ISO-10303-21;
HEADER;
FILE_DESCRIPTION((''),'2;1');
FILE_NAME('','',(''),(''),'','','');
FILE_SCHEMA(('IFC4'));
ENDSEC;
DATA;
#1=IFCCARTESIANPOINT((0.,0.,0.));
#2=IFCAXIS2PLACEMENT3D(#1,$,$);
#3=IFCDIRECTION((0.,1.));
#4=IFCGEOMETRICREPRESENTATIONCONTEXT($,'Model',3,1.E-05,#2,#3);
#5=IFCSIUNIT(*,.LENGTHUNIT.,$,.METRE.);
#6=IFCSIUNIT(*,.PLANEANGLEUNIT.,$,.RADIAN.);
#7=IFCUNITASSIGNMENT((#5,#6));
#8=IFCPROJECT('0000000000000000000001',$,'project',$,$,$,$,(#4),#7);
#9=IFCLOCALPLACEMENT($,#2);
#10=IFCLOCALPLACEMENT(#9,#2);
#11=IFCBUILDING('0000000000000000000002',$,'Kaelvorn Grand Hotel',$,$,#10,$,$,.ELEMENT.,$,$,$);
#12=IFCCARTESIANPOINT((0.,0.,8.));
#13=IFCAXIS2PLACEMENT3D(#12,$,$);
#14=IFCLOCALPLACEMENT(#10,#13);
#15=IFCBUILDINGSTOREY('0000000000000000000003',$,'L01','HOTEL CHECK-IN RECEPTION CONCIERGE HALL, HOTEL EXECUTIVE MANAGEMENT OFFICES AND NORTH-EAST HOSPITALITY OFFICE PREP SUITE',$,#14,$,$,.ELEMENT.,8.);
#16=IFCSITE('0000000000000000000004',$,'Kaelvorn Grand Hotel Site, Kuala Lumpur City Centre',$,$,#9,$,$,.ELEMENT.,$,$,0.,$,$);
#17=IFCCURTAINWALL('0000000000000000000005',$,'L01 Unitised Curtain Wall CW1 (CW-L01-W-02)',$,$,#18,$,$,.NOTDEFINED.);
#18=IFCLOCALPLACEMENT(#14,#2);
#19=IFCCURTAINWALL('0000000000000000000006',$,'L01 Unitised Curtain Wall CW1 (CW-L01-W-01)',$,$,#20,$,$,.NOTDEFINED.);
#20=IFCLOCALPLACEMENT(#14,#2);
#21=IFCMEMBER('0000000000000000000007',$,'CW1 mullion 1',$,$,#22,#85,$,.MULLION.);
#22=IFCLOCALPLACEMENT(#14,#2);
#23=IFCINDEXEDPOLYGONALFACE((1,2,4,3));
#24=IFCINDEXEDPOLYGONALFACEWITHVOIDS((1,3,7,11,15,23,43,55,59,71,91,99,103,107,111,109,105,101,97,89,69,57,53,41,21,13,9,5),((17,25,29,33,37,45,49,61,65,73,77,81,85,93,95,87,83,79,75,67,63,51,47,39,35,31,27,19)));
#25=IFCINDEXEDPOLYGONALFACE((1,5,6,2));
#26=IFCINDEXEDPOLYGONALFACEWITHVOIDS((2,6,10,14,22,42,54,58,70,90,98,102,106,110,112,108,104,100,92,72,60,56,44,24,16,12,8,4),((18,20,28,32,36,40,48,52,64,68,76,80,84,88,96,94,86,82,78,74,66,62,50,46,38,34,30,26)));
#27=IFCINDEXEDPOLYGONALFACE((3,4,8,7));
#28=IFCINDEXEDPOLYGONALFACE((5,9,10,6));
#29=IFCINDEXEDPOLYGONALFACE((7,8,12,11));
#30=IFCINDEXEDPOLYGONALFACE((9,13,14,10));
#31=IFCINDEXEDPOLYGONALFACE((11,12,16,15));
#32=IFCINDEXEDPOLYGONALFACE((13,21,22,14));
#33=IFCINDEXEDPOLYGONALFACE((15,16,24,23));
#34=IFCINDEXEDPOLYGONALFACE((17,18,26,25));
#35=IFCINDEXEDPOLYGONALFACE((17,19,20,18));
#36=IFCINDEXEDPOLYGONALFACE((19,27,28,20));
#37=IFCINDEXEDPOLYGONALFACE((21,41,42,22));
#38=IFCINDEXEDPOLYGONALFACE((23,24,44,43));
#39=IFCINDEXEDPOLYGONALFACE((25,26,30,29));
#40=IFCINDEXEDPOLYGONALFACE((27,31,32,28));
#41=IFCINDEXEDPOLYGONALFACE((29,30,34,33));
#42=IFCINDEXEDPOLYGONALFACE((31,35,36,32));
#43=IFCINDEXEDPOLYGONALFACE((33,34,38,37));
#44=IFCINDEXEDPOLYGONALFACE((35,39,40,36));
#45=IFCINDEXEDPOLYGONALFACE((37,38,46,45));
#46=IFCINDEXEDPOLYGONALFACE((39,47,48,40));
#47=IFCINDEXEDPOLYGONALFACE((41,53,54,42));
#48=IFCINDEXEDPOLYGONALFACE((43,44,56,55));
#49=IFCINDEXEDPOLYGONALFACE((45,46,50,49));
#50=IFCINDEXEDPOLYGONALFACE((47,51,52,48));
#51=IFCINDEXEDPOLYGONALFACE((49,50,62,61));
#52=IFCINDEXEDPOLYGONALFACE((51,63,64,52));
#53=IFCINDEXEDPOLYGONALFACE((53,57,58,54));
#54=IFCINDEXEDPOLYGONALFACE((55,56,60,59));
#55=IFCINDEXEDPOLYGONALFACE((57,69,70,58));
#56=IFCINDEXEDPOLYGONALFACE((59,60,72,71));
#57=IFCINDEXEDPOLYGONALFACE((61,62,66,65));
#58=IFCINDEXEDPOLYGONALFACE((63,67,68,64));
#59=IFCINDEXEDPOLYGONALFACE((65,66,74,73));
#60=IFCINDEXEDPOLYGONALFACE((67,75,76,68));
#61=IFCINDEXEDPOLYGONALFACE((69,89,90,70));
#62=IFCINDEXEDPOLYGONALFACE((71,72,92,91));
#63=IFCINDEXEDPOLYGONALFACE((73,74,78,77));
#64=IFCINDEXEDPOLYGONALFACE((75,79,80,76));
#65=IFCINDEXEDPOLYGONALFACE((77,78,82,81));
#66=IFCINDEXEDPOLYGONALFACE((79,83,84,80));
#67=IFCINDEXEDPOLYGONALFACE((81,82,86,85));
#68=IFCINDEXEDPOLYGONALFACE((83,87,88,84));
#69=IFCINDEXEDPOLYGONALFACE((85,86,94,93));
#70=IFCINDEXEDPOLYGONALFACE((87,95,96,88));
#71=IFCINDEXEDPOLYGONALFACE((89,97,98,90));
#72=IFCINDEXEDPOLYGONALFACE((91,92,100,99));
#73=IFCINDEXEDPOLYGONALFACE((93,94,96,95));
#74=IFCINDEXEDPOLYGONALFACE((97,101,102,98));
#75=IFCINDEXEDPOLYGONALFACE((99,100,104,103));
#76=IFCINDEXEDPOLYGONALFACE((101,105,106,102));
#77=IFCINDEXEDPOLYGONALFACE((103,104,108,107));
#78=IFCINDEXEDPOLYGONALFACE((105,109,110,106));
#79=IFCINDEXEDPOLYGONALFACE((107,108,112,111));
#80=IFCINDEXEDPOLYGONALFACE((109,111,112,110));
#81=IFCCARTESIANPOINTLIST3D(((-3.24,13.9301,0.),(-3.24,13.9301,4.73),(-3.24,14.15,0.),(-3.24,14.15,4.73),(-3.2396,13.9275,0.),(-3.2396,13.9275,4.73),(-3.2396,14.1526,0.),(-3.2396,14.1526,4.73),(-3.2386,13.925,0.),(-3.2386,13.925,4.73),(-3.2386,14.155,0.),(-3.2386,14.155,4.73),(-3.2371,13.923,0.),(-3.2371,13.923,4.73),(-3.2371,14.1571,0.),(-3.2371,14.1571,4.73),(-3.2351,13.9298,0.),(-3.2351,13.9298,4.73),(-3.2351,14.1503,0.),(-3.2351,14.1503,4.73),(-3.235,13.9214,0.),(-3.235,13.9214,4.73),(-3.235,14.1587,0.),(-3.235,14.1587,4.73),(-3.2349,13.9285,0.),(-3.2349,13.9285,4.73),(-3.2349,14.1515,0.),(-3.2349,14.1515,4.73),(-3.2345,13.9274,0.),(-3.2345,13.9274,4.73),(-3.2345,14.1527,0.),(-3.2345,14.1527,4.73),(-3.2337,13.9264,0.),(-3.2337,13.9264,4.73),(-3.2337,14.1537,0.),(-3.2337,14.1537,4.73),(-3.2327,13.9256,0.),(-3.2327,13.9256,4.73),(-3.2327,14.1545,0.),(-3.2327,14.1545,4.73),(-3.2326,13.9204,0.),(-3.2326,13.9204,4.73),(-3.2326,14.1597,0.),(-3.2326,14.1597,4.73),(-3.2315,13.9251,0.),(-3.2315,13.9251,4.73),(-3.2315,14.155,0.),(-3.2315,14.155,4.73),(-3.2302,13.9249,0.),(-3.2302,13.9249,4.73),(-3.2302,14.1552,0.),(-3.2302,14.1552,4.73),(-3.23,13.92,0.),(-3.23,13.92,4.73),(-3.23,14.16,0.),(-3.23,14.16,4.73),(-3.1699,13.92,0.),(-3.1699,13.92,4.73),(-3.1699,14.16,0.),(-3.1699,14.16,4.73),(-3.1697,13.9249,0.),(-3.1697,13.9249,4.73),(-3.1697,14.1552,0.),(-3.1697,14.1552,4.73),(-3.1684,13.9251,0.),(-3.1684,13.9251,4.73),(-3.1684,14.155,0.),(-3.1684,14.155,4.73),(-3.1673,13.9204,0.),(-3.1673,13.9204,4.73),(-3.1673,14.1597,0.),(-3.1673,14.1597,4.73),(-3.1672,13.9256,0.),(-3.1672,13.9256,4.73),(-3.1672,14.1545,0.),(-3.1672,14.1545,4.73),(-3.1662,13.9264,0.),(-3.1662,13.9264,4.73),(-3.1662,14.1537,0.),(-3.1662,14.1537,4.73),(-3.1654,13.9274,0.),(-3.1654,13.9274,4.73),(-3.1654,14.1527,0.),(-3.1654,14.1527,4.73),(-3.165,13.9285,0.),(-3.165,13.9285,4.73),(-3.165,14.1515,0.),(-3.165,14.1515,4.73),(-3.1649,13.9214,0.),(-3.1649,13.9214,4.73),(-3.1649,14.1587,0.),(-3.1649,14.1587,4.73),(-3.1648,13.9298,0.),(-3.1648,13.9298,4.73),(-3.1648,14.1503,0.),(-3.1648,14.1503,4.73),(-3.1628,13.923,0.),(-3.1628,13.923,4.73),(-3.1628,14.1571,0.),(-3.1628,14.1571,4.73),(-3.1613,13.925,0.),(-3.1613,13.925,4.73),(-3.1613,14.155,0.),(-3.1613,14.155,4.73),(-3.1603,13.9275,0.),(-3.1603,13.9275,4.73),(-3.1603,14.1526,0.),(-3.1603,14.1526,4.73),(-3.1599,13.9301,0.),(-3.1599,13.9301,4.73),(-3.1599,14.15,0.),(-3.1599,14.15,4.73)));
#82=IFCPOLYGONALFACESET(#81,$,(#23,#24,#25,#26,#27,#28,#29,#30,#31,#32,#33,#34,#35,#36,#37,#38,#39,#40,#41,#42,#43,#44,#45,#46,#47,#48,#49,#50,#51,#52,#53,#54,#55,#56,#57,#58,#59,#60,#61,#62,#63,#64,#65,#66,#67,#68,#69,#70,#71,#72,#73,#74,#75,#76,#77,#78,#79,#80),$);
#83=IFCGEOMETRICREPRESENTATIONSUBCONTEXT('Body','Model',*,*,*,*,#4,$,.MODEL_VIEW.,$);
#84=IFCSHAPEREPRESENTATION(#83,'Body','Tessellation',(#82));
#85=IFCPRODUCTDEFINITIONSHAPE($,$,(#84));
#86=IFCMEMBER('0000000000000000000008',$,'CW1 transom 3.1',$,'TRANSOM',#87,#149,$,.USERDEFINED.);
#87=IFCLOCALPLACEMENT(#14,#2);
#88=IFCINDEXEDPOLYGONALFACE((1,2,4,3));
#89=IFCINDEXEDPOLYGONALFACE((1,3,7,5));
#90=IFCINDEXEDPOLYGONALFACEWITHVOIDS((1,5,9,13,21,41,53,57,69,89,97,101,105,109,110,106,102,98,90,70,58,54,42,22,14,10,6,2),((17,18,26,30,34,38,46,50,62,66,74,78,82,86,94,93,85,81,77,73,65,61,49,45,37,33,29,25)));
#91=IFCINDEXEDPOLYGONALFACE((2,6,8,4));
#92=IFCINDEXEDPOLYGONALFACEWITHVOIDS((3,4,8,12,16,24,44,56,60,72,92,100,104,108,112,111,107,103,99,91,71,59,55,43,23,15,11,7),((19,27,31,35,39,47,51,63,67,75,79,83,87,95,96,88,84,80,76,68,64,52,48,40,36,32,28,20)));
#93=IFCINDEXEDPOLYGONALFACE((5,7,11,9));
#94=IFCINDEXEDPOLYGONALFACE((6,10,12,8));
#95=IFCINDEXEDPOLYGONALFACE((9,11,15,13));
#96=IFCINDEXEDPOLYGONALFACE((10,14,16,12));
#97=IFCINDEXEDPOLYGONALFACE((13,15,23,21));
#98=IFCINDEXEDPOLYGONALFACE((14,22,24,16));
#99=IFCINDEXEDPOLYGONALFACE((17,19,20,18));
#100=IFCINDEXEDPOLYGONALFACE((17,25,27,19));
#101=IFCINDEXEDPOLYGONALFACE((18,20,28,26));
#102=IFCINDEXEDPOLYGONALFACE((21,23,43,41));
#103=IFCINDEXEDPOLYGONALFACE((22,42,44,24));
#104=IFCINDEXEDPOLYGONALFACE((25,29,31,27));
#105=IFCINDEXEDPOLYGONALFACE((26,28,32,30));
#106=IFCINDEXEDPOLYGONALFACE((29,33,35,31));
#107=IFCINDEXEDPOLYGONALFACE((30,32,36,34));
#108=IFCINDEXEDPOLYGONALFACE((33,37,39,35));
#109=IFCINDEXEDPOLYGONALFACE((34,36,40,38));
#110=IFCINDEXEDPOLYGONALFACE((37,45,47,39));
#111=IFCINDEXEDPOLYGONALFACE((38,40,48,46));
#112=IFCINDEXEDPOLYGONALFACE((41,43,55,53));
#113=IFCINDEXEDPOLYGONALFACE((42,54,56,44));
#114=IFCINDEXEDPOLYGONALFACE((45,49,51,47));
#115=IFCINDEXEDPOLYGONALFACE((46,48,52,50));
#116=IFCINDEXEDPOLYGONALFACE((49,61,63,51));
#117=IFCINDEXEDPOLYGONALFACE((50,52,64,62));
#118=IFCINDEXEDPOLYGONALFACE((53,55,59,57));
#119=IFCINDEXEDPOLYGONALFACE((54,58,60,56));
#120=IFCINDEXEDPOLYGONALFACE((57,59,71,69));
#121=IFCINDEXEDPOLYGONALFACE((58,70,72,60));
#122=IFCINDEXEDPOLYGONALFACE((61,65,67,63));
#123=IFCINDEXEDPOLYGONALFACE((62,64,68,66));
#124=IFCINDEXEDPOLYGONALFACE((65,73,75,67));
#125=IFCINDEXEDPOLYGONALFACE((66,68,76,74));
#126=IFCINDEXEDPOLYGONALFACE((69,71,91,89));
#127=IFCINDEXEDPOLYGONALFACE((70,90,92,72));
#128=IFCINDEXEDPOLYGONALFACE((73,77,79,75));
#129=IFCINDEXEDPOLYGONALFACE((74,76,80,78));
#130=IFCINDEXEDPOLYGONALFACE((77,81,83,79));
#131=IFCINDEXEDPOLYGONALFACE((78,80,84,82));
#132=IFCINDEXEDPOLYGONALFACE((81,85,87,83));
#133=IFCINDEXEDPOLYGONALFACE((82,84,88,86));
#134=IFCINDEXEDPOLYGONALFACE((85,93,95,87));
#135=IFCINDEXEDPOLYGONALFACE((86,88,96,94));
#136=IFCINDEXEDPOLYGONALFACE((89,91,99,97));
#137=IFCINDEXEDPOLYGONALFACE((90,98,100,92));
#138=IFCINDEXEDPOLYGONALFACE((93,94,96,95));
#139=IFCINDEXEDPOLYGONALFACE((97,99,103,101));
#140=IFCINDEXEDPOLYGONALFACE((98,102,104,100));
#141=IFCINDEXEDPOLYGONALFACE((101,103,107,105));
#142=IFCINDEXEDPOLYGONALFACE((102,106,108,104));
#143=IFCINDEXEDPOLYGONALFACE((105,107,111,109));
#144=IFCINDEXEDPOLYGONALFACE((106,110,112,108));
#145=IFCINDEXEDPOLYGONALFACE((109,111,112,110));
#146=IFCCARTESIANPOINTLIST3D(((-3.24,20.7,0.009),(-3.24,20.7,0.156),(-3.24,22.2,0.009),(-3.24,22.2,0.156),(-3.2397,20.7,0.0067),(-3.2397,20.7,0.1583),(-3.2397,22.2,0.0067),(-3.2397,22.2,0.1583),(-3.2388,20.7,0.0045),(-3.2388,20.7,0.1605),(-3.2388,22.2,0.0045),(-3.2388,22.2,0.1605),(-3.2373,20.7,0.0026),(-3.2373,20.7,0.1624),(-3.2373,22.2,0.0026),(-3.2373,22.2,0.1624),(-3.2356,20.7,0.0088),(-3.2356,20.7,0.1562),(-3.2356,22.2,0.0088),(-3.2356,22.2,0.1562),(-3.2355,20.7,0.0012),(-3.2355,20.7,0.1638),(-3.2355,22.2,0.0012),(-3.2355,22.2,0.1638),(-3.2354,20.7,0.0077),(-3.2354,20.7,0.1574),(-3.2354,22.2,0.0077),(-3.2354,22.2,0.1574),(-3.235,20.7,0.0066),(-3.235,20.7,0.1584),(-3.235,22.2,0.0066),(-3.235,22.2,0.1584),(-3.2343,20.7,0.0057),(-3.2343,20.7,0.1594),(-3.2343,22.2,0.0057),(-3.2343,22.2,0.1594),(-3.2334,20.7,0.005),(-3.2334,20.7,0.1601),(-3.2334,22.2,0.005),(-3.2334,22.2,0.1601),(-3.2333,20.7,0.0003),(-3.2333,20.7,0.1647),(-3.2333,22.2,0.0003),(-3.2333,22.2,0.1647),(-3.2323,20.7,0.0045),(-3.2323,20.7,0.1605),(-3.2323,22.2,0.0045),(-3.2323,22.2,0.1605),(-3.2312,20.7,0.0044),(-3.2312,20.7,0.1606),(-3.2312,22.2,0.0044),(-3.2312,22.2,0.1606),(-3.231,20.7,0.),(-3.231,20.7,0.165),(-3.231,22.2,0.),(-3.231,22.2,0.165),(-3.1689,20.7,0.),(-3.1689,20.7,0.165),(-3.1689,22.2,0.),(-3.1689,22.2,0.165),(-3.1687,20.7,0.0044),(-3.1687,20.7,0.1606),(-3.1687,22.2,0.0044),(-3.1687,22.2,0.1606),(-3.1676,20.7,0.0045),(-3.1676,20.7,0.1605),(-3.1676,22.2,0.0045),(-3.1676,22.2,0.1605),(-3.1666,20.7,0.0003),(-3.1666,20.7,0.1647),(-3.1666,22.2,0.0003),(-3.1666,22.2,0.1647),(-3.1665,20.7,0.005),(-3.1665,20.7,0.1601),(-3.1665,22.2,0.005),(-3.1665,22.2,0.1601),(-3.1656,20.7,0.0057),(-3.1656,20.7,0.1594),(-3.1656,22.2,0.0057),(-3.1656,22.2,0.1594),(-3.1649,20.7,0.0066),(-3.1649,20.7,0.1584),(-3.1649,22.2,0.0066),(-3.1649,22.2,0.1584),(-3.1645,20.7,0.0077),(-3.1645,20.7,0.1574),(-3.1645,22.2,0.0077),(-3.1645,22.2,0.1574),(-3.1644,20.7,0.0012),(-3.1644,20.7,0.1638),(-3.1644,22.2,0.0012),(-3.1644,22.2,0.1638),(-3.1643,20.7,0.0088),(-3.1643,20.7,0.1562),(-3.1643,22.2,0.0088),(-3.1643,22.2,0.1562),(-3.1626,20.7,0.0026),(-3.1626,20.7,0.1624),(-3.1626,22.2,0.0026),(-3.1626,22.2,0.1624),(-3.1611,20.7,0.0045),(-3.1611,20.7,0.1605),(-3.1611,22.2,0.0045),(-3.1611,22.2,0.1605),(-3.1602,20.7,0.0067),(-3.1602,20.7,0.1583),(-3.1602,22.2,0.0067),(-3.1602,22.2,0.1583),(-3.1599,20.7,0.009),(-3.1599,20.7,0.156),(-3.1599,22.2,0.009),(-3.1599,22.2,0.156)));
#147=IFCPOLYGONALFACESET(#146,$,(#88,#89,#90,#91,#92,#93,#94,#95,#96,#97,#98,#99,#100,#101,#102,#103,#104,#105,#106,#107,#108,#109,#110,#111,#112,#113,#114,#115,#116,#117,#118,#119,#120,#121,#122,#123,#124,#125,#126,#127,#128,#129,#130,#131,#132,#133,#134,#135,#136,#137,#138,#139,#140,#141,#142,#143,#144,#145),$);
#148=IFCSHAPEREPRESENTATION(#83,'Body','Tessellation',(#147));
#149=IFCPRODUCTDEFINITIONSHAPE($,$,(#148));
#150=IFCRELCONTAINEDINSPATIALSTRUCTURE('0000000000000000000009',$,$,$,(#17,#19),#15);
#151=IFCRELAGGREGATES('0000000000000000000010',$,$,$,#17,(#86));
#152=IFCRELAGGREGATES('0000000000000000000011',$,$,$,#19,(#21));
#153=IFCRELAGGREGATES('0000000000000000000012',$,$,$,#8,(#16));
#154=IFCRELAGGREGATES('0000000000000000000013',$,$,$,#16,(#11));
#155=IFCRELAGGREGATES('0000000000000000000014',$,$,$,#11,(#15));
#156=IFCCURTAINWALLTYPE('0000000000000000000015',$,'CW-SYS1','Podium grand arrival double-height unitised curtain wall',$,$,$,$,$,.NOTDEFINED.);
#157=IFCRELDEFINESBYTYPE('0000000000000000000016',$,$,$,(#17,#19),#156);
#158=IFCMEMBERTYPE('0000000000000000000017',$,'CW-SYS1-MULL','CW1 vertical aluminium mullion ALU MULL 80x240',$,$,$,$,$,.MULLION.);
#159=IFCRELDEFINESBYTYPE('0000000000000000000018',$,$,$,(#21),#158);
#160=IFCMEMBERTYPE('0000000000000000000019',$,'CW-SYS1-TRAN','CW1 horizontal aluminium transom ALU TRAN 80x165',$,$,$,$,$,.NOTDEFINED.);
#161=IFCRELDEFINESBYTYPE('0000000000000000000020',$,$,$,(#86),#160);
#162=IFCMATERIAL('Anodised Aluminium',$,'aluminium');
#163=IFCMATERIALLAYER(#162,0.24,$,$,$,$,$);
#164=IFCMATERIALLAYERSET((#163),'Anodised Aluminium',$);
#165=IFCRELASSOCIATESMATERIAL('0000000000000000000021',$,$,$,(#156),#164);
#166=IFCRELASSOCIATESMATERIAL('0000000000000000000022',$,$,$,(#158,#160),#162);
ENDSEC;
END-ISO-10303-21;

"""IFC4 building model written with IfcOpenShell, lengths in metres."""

from ifc_helpers import new_model, si_unit, direction, frame, origin, origin_2d, place, context, subcontext, project, spatial, hollow_rectangle, extrude, material, layer, layer_set, material_profile, profile_set, type_object, element, aggregate, save


model = new_model("IFC4")

# Units and contexts
model_context = context("Model", 3, precision=1e-05, world=origin(), true_north=direction((0.0, 1.0)))
body_context = subcontext(model_context, "Body", "Model", "MODEL_VIEW")
ifc_project = project(units=[si_unit("LENGTHUNIT", "METRE"), si_unit("PLANEANGLEUNIT", "RADIAN")], contexts=[model_context])

# Site, building, storey
site_placement = place(None, origin())
site = spatial("IfcSite", under=ifc_project, at=site_placement, Name="Kaelvorn Grand Hotel Site, Kuala Lumpur City Centre", CompositionType="ELEMENT", RefElevation=0.0)
building_placement = place(site_placement, origin())
building = spatial("IfcBuilding", under=site, at=building_placement, Name="Kaelvorn Grand Hotel", CompositionType="ELEMENT")
storey_placement = place(building_placement, frame((0.0, 0.0, 8.0)))
storey = spatial("IfcBuildingStorey", under=building, at=storey_placement, Name="L01", Description="HOTEL CHECK-IN RECEPTION CONCIERGE HALL, HOTEL EXECUTIVE MANAGEMENT OFFICES AND NORTH-EAST HOSPITALITY OFFICE PREP SUITE", CompositionType="ELEMENT", Elevation=8.0)

# Curtain wall
ifc_material_1 = material(Name="Anodised Aluminium", Category="aluminium")
ifc_layer_1 = layer(ifc_material_1, 0.24)
ifc_layer_set_1 = layer_set([ifc_layer_1], Name="Anodised Aluminium")
curtain_wall_type = type_object("IfcCurtainWallType", Name="CW-SYS1", Description="Podium grand arrival double-height unitised curtain wall", PredefinedType="NOTDEFINED", material=ifc_layer_set_1)
curtain_wall_1_placement = place(storey_placement, origin())
curtain_wall_1 = element("IfcCurtainWall", 1, at=curtain_wall_1_placement, inside=storey, type_object=curtain_wall_type, Name="L01 Unitised Curtain Wall CW1 (CW-L01-W-02)", PredefinedType="NOTDEFINED")
ifc_material_profile_1 = material_profile(ifc_material_1, hollow_rectangle(XDim=0.0801, YDim=0.24, WallThickness=0.0049, InnerFilletRadius=0.0049, OuterFilletRadius=0.01, at=origin_2d()), Name="ALU MULL 80x240")
ifc_profile_set_1 = profile_set([ifc_material_profile_1], Name="Anodised Aluminium")
member_type_1 = type_object("IfcMemberType", Name="CW-SYS1-MULL", Description="CW1 vertical aluminium mullion ALU MULL 80x240", PredefinedType="MULLION", material=ifc_profile_set_1)

# Curtain wall, member
curtain_wall_2_placement = place(storey_placement, origin())
curtain_wall_2 = element("IfcCurtainWall", 2, at=curtain_wall_2_placement, inside=storey, type_object=curtain_wall_type, Name="L01 Unitised Curtain Wall CW1 (CW-L01-W-01)", PredefinedType="NOTDEFINED")
member_1_placement = place(storey_placement, frame((-3.2, 14.04, 0.0), z_axis=(0.0, 0.0, 1.0), x_axis=(1.0, 0.0, 0.0)))
member_1 = element("IfcMember", 3, at=member_1_placement, type_object=member_type_1, Name="CW1 mullion 1", PredefinedType="MULLION", context=body_context, shape_type="SweptSolid", body=[
    extrude(hollow_rectangle(XDim=0.0801, YDim=0.24, WallThickness=0.0049, InnerFilletRadius=0.0049, OuterFilletRadius=0.01, at=origin_2d()), origin(), (0.0, 0.0, 1.0), 4.73),
])

# Member
ifc_material_profile_2 = material_profile(ifc_material_1, hollow_rectangle(XDim=0.0801, YDim=0.165, WallThickness=0.0044, InnerFilletRadius=0.0044, OuterFilletRadius=0.009, at=origin_2d()), Name="ALU TRAN 80x165")
ifc_profile_set_2 = profile_set([ifc_material_profile_2], Name="Anodised Aluminium")
member_type_2 = type_object("IfcMemberType", Name="CW-SYS1-TRAN", Description="CW1 horizontal aluminium transom ALU TRAN 80x165", PredefinedType="NOTDEFINED", material=ifc_profile_set_2)
member_2_placement = place(storey_placement, frame((-3.2, 22.2, 0.0825), z_axis=(0.0, -1.0, 0.0), x_axis=(1.0, 0.0, 0.0)))
member_2 = element("IfcMember", 4, at=member_2_placement, type_object=member_type_2, Name="CW1 transom 3.1", ObjectType="TRANSOM", PredefinedType="USERDEFINED", context=body_context, shape_type="SweptSolid", body=[
    extrude(hollow_rectangle(XDim=0.0801, YDim=0.165, WallThickness=0.0044, InnerFilletRadius=0.0044, OuterFilletRadius=0.009, at=origin_2d()), origin(), (0.0, 0.0, 1.0), 1.5),
])

aggregate(curtain_wall_1, [member_2])
aggregate(curtain_wall_2, [member_1])

save(model, "model.ifc")
